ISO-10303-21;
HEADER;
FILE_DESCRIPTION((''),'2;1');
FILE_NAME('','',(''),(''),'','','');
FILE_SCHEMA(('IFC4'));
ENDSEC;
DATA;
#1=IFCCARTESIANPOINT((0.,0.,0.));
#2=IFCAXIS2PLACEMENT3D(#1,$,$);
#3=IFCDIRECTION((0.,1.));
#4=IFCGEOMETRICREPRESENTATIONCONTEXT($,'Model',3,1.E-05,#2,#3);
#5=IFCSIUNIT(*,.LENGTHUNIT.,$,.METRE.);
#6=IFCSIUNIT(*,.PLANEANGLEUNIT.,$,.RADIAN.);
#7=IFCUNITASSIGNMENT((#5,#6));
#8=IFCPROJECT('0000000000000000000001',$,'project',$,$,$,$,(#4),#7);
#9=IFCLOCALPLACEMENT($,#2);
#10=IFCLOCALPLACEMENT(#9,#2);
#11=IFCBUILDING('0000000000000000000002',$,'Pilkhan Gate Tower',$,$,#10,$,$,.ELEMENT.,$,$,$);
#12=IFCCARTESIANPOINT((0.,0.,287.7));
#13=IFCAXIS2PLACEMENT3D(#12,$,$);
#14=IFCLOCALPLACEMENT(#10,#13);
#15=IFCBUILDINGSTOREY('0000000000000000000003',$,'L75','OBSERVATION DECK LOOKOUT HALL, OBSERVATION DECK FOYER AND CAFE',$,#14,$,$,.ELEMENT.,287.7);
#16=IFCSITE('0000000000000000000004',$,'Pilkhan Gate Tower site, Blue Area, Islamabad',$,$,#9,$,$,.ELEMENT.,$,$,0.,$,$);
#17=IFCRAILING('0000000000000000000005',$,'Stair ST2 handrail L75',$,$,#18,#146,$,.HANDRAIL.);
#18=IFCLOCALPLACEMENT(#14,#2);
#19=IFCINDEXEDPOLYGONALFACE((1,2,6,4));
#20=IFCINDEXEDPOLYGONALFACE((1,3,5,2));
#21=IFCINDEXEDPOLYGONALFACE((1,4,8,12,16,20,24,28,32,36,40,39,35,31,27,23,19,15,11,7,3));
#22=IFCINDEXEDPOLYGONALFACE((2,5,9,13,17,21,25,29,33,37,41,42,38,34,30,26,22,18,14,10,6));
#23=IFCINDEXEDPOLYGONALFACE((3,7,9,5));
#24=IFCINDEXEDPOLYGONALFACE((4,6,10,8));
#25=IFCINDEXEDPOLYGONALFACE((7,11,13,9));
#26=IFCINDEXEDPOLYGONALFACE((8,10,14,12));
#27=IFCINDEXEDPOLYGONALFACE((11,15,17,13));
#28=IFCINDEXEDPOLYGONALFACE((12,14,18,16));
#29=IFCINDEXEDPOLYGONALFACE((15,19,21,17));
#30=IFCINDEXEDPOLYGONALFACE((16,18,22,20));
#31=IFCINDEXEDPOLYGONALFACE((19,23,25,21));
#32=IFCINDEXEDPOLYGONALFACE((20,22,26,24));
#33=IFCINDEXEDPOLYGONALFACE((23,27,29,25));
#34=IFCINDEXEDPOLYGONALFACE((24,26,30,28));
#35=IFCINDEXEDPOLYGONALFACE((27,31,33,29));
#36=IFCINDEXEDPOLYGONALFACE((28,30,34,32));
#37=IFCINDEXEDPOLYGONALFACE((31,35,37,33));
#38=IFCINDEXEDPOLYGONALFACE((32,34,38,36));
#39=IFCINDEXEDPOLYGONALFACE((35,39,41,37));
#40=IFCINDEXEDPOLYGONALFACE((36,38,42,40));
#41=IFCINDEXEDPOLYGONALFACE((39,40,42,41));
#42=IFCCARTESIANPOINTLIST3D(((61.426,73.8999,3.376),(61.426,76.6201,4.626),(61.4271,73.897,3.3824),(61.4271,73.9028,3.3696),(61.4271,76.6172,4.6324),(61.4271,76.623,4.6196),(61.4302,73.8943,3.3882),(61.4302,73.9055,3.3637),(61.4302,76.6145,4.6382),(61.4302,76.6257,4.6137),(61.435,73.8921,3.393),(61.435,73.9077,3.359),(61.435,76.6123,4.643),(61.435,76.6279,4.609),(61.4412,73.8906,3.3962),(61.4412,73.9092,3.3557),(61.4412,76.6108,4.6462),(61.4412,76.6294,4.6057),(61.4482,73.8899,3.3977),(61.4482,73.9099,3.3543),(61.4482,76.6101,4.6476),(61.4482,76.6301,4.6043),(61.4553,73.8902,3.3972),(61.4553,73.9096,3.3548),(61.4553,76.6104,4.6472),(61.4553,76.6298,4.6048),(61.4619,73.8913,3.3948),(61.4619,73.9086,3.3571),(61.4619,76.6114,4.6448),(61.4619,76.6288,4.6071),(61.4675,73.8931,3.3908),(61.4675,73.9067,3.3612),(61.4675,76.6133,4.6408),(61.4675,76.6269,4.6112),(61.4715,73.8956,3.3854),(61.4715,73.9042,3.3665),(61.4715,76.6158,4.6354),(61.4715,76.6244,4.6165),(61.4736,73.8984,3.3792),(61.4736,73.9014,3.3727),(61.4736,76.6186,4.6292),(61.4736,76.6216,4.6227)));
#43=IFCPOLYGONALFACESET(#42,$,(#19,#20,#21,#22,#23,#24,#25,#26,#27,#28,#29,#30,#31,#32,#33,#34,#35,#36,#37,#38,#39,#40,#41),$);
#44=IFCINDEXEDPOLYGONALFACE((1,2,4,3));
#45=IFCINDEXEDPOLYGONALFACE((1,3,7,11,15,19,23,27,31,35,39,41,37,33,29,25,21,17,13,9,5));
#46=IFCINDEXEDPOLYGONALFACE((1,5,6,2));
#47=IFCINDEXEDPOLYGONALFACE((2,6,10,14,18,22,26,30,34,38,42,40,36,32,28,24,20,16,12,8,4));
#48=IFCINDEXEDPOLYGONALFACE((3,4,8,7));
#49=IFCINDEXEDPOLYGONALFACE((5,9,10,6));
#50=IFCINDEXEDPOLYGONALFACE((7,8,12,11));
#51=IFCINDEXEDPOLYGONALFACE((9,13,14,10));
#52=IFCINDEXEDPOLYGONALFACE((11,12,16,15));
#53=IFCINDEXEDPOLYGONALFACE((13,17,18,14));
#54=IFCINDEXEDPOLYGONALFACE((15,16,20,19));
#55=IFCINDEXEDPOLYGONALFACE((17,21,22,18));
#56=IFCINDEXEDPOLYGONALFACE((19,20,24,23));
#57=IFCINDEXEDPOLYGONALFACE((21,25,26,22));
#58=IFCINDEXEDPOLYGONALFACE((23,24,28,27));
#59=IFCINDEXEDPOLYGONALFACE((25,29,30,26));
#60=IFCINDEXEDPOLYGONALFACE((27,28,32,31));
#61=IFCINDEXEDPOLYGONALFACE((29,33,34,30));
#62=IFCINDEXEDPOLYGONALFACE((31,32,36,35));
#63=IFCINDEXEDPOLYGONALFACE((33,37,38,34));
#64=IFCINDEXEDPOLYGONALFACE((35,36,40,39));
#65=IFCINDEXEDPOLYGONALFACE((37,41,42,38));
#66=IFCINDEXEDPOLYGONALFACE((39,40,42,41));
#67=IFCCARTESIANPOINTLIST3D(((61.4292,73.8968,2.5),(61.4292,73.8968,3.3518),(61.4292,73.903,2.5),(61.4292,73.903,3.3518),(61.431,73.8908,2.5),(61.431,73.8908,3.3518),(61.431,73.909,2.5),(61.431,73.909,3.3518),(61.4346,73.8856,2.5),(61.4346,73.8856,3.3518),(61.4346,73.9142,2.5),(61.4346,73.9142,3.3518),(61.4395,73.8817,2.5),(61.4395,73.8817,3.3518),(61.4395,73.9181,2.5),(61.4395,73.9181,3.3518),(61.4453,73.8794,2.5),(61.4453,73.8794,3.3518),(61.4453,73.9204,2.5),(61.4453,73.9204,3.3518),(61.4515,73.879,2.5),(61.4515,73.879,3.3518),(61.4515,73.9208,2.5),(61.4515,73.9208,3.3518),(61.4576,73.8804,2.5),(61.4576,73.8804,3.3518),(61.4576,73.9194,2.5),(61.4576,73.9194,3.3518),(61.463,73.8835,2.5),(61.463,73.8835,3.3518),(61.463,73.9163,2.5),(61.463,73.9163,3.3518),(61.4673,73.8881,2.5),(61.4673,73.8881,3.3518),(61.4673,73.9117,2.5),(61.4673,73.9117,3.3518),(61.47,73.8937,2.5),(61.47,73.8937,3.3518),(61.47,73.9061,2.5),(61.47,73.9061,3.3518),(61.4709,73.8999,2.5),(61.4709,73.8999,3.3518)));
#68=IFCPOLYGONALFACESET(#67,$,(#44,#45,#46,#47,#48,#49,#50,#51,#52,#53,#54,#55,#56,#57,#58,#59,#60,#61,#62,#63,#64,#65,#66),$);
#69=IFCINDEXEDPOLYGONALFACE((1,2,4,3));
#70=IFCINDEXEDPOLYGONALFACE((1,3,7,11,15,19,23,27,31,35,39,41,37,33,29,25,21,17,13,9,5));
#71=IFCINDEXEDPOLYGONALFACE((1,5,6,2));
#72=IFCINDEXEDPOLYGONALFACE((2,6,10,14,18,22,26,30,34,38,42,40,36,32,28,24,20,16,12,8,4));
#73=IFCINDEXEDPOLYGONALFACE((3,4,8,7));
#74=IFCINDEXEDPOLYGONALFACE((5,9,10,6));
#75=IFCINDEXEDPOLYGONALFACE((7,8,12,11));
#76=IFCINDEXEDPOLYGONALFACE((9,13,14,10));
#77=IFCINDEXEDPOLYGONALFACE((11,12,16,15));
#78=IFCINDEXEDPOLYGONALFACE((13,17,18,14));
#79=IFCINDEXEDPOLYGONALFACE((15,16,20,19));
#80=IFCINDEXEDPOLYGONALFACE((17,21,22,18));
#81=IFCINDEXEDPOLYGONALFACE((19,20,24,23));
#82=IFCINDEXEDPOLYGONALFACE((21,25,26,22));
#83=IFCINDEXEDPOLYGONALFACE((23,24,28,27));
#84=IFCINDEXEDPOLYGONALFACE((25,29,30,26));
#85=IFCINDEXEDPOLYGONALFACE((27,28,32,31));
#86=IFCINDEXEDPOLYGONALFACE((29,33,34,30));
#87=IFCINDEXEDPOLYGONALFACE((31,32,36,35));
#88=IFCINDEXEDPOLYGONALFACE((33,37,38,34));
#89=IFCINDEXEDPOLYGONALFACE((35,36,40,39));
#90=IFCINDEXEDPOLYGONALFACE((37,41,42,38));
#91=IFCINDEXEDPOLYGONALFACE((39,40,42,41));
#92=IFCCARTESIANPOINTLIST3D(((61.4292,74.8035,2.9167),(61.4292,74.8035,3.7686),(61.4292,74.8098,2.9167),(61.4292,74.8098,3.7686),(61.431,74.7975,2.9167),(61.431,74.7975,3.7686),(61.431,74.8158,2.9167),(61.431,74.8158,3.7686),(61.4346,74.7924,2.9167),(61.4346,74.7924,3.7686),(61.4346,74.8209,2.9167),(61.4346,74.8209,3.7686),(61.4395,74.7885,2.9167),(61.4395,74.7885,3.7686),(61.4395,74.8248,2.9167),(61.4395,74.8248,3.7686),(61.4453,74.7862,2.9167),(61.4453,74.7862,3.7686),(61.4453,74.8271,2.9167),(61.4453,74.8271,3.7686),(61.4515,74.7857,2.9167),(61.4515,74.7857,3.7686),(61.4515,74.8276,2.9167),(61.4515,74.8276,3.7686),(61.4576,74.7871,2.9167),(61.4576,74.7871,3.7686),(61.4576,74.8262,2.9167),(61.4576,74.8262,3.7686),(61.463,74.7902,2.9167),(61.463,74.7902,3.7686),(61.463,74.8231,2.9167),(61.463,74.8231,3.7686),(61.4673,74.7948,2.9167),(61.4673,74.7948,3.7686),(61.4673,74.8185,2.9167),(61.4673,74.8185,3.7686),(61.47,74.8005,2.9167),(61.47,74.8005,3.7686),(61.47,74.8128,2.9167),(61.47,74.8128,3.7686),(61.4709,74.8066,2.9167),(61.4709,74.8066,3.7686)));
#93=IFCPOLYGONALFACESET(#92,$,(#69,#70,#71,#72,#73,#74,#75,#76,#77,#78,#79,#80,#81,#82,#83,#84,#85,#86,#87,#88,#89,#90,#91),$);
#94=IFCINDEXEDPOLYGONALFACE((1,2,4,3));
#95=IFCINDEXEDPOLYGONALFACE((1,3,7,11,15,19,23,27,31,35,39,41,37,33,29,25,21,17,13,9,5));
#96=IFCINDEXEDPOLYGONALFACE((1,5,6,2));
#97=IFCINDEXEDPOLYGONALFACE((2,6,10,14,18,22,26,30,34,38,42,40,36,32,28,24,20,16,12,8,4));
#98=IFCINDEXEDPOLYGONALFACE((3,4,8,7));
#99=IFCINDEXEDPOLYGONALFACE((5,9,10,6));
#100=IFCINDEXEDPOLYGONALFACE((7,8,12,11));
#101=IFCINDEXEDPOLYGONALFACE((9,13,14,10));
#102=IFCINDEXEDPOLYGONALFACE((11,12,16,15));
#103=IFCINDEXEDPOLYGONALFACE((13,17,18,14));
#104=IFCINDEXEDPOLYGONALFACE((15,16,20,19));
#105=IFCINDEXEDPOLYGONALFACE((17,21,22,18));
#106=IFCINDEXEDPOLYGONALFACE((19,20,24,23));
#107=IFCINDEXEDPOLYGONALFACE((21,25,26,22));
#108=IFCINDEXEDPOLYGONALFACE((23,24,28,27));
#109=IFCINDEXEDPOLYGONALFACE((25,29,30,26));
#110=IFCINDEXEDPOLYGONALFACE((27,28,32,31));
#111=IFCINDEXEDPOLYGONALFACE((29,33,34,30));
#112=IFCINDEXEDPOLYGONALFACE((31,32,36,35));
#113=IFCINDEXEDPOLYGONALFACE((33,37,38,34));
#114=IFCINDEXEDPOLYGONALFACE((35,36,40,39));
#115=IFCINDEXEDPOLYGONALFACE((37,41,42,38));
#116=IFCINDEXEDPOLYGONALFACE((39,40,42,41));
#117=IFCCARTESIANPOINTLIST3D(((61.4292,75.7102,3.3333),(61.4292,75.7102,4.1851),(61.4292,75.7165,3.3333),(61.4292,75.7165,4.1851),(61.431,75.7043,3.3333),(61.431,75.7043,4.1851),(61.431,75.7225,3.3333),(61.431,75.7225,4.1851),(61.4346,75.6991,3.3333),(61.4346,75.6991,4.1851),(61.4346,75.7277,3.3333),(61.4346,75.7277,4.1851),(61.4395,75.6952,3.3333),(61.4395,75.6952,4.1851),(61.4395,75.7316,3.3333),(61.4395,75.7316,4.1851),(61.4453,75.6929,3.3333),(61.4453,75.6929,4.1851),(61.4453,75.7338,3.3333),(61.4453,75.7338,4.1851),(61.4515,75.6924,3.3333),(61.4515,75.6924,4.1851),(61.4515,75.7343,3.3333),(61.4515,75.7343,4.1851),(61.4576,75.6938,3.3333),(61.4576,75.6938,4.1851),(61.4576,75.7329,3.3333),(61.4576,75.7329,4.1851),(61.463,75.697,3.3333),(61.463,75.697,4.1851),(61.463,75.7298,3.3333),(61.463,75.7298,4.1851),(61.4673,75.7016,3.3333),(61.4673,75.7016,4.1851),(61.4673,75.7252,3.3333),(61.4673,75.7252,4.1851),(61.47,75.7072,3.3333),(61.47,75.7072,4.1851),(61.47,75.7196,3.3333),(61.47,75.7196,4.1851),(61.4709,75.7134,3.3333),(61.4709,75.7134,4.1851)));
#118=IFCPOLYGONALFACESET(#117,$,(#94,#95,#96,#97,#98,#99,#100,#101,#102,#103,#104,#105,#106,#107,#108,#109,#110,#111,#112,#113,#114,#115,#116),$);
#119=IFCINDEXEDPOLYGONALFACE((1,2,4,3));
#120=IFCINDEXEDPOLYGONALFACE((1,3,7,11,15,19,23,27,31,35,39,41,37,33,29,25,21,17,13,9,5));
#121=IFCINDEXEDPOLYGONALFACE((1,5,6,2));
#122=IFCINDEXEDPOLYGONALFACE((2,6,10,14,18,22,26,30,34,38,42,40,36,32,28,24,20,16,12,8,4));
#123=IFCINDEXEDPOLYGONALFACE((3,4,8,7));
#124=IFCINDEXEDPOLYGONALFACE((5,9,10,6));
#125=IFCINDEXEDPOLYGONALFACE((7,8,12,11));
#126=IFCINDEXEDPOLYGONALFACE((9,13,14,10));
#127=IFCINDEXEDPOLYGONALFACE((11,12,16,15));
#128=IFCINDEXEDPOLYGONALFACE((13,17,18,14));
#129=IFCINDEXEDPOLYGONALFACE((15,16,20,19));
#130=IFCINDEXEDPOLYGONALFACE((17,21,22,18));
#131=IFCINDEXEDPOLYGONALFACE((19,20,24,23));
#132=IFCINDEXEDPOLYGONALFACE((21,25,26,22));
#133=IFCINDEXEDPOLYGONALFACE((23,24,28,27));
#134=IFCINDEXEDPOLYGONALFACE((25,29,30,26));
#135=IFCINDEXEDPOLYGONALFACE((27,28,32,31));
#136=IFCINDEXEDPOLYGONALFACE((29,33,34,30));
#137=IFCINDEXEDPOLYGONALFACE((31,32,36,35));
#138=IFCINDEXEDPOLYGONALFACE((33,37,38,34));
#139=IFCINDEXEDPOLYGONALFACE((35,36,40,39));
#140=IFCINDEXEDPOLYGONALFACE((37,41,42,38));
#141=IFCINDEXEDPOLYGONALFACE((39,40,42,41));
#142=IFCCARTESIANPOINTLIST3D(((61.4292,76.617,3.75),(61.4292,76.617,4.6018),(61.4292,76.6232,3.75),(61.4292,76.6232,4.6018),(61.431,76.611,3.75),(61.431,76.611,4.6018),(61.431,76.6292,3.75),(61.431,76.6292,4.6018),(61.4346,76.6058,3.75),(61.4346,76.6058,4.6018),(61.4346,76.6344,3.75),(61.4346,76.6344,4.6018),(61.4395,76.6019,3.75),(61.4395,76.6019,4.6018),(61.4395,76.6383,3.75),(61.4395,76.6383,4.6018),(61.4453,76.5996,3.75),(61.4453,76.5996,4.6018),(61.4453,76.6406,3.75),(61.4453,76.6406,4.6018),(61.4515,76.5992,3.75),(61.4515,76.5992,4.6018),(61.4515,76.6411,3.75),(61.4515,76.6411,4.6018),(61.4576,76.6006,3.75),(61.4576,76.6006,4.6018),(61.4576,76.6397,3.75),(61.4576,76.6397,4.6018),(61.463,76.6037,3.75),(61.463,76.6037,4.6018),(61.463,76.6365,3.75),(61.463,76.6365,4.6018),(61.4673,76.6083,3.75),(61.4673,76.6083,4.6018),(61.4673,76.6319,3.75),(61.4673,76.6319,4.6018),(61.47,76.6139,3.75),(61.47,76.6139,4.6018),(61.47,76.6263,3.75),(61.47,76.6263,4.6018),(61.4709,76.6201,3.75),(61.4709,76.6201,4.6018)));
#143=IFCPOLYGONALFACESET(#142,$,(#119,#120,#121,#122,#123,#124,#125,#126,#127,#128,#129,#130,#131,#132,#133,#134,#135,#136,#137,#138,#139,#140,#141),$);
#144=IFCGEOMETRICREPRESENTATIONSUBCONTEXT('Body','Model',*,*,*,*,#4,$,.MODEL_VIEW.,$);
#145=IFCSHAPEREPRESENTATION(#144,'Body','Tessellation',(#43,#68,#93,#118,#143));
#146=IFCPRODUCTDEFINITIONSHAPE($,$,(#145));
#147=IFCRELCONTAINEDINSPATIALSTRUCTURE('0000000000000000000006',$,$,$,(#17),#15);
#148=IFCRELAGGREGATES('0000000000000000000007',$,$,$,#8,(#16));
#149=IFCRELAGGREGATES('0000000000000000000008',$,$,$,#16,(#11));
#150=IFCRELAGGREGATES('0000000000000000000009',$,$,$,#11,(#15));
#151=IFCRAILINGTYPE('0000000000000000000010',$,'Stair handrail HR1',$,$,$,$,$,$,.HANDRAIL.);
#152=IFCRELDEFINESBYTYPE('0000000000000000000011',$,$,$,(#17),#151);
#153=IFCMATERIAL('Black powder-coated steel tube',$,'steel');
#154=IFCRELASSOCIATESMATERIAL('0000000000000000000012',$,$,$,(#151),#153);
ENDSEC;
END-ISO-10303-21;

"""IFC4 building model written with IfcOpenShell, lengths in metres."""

from ifc_helpers import new_model, si_unit, direction, frame, origin, origin_2d, place, context, subcontext, project, spatial, circle, extrude, material, type_object, element, save


model = new_model("IFC4")

# Units and contexts
model_context = context("Model", 3, precision=1e-05, world=origin(), true_north=direction((0.0, 1.0)))
body_context = subcontext(model_context, "Body", "Model", "MODEL_VIEW")
ifc_project = project(units=[si_unit("LENGTHUNIT", "METRE"), si_unit("PLANEANGLEUNIT", "RADIAN")], contexts=[model_context])

# Site, building, storey
site_placement = place(None, origin())
site = spatial("IfcSite", under=ifc_project, at=site_placement, Name="Pilkhan Gate Tower site, Blue Area, Islamabad", CompositionType="ELEMENT", RefElevation=0.0)
building_placement = place(site_placement, origin())
building = spatial("IfcBuilding", under=site, at=building_placement, Name="Pilkhan Gate Tower", CompositionType="ELEMENT")
storey_placement = place(building_placement, frame((0.0, 0.0, 287.7)))
storey = spatial("IfcBuildingStorey", under=building, at=storey_placement, Name="L75", Description="OBSERVATION DECK LOOKOUT HALL, OBSERVATION DECK FOYER AND CAFE", CompositionType="ELEMENT", Elevation=287.7)

# Railing
ifc_material_1 = material(Name="Black powder-coated steel tube", Category="steel")
railing_type_1 = type_object("IfcRailingType", Name="Stair handrail HR1", PredefinedType="HANDRAIL", material=ifc_material_1)
for number, where, name in (
    (1, (61.45, 73.8999, 2.5), "Stair ST2 handrail L75"),
):
    element("IfcRailing", number, at=place(storey_placement, frame(where)), inside=storey, type_object=railing_type_1, Name=name, PredefinedType="HANDRAIL", context=body_context, shape_type="SweptSolid", body=[
        extrude(circle(Radius=0.0239, at=origin_2d()), frame((0.0, 0.0, 0.876), z_axis=(0.0, 0.908655, 0.417547), x_axis=(-1.0, 0.0, 0.0)), (0.0, 0.0, 1.0), 2.9937),
        extrude(circle(Radius=0.021, at=origin_2d()), origin(), (0.0, 0.0, 1.0), 0.8518),
        extrude(circle(Radius=0.021, at=origin_2d()), frame((0.0, 0.9067, 0.4167)), (0.0, 0.0, 1.0), 0.8518),
        extrude(circle(Radius=0.021, at=origin_2d()), frame((0.0, 1.8135, 0.8333)), (0.0, 0.0, 1.0), 0.8518),
        extrude(circle(Radius=0.021, at=origin_2d()), frame((0.0, 2.7202, 1.25)), (0.0, 0.0, 1.0), 0.8518),
    ])

save(model, "model.ifc")
